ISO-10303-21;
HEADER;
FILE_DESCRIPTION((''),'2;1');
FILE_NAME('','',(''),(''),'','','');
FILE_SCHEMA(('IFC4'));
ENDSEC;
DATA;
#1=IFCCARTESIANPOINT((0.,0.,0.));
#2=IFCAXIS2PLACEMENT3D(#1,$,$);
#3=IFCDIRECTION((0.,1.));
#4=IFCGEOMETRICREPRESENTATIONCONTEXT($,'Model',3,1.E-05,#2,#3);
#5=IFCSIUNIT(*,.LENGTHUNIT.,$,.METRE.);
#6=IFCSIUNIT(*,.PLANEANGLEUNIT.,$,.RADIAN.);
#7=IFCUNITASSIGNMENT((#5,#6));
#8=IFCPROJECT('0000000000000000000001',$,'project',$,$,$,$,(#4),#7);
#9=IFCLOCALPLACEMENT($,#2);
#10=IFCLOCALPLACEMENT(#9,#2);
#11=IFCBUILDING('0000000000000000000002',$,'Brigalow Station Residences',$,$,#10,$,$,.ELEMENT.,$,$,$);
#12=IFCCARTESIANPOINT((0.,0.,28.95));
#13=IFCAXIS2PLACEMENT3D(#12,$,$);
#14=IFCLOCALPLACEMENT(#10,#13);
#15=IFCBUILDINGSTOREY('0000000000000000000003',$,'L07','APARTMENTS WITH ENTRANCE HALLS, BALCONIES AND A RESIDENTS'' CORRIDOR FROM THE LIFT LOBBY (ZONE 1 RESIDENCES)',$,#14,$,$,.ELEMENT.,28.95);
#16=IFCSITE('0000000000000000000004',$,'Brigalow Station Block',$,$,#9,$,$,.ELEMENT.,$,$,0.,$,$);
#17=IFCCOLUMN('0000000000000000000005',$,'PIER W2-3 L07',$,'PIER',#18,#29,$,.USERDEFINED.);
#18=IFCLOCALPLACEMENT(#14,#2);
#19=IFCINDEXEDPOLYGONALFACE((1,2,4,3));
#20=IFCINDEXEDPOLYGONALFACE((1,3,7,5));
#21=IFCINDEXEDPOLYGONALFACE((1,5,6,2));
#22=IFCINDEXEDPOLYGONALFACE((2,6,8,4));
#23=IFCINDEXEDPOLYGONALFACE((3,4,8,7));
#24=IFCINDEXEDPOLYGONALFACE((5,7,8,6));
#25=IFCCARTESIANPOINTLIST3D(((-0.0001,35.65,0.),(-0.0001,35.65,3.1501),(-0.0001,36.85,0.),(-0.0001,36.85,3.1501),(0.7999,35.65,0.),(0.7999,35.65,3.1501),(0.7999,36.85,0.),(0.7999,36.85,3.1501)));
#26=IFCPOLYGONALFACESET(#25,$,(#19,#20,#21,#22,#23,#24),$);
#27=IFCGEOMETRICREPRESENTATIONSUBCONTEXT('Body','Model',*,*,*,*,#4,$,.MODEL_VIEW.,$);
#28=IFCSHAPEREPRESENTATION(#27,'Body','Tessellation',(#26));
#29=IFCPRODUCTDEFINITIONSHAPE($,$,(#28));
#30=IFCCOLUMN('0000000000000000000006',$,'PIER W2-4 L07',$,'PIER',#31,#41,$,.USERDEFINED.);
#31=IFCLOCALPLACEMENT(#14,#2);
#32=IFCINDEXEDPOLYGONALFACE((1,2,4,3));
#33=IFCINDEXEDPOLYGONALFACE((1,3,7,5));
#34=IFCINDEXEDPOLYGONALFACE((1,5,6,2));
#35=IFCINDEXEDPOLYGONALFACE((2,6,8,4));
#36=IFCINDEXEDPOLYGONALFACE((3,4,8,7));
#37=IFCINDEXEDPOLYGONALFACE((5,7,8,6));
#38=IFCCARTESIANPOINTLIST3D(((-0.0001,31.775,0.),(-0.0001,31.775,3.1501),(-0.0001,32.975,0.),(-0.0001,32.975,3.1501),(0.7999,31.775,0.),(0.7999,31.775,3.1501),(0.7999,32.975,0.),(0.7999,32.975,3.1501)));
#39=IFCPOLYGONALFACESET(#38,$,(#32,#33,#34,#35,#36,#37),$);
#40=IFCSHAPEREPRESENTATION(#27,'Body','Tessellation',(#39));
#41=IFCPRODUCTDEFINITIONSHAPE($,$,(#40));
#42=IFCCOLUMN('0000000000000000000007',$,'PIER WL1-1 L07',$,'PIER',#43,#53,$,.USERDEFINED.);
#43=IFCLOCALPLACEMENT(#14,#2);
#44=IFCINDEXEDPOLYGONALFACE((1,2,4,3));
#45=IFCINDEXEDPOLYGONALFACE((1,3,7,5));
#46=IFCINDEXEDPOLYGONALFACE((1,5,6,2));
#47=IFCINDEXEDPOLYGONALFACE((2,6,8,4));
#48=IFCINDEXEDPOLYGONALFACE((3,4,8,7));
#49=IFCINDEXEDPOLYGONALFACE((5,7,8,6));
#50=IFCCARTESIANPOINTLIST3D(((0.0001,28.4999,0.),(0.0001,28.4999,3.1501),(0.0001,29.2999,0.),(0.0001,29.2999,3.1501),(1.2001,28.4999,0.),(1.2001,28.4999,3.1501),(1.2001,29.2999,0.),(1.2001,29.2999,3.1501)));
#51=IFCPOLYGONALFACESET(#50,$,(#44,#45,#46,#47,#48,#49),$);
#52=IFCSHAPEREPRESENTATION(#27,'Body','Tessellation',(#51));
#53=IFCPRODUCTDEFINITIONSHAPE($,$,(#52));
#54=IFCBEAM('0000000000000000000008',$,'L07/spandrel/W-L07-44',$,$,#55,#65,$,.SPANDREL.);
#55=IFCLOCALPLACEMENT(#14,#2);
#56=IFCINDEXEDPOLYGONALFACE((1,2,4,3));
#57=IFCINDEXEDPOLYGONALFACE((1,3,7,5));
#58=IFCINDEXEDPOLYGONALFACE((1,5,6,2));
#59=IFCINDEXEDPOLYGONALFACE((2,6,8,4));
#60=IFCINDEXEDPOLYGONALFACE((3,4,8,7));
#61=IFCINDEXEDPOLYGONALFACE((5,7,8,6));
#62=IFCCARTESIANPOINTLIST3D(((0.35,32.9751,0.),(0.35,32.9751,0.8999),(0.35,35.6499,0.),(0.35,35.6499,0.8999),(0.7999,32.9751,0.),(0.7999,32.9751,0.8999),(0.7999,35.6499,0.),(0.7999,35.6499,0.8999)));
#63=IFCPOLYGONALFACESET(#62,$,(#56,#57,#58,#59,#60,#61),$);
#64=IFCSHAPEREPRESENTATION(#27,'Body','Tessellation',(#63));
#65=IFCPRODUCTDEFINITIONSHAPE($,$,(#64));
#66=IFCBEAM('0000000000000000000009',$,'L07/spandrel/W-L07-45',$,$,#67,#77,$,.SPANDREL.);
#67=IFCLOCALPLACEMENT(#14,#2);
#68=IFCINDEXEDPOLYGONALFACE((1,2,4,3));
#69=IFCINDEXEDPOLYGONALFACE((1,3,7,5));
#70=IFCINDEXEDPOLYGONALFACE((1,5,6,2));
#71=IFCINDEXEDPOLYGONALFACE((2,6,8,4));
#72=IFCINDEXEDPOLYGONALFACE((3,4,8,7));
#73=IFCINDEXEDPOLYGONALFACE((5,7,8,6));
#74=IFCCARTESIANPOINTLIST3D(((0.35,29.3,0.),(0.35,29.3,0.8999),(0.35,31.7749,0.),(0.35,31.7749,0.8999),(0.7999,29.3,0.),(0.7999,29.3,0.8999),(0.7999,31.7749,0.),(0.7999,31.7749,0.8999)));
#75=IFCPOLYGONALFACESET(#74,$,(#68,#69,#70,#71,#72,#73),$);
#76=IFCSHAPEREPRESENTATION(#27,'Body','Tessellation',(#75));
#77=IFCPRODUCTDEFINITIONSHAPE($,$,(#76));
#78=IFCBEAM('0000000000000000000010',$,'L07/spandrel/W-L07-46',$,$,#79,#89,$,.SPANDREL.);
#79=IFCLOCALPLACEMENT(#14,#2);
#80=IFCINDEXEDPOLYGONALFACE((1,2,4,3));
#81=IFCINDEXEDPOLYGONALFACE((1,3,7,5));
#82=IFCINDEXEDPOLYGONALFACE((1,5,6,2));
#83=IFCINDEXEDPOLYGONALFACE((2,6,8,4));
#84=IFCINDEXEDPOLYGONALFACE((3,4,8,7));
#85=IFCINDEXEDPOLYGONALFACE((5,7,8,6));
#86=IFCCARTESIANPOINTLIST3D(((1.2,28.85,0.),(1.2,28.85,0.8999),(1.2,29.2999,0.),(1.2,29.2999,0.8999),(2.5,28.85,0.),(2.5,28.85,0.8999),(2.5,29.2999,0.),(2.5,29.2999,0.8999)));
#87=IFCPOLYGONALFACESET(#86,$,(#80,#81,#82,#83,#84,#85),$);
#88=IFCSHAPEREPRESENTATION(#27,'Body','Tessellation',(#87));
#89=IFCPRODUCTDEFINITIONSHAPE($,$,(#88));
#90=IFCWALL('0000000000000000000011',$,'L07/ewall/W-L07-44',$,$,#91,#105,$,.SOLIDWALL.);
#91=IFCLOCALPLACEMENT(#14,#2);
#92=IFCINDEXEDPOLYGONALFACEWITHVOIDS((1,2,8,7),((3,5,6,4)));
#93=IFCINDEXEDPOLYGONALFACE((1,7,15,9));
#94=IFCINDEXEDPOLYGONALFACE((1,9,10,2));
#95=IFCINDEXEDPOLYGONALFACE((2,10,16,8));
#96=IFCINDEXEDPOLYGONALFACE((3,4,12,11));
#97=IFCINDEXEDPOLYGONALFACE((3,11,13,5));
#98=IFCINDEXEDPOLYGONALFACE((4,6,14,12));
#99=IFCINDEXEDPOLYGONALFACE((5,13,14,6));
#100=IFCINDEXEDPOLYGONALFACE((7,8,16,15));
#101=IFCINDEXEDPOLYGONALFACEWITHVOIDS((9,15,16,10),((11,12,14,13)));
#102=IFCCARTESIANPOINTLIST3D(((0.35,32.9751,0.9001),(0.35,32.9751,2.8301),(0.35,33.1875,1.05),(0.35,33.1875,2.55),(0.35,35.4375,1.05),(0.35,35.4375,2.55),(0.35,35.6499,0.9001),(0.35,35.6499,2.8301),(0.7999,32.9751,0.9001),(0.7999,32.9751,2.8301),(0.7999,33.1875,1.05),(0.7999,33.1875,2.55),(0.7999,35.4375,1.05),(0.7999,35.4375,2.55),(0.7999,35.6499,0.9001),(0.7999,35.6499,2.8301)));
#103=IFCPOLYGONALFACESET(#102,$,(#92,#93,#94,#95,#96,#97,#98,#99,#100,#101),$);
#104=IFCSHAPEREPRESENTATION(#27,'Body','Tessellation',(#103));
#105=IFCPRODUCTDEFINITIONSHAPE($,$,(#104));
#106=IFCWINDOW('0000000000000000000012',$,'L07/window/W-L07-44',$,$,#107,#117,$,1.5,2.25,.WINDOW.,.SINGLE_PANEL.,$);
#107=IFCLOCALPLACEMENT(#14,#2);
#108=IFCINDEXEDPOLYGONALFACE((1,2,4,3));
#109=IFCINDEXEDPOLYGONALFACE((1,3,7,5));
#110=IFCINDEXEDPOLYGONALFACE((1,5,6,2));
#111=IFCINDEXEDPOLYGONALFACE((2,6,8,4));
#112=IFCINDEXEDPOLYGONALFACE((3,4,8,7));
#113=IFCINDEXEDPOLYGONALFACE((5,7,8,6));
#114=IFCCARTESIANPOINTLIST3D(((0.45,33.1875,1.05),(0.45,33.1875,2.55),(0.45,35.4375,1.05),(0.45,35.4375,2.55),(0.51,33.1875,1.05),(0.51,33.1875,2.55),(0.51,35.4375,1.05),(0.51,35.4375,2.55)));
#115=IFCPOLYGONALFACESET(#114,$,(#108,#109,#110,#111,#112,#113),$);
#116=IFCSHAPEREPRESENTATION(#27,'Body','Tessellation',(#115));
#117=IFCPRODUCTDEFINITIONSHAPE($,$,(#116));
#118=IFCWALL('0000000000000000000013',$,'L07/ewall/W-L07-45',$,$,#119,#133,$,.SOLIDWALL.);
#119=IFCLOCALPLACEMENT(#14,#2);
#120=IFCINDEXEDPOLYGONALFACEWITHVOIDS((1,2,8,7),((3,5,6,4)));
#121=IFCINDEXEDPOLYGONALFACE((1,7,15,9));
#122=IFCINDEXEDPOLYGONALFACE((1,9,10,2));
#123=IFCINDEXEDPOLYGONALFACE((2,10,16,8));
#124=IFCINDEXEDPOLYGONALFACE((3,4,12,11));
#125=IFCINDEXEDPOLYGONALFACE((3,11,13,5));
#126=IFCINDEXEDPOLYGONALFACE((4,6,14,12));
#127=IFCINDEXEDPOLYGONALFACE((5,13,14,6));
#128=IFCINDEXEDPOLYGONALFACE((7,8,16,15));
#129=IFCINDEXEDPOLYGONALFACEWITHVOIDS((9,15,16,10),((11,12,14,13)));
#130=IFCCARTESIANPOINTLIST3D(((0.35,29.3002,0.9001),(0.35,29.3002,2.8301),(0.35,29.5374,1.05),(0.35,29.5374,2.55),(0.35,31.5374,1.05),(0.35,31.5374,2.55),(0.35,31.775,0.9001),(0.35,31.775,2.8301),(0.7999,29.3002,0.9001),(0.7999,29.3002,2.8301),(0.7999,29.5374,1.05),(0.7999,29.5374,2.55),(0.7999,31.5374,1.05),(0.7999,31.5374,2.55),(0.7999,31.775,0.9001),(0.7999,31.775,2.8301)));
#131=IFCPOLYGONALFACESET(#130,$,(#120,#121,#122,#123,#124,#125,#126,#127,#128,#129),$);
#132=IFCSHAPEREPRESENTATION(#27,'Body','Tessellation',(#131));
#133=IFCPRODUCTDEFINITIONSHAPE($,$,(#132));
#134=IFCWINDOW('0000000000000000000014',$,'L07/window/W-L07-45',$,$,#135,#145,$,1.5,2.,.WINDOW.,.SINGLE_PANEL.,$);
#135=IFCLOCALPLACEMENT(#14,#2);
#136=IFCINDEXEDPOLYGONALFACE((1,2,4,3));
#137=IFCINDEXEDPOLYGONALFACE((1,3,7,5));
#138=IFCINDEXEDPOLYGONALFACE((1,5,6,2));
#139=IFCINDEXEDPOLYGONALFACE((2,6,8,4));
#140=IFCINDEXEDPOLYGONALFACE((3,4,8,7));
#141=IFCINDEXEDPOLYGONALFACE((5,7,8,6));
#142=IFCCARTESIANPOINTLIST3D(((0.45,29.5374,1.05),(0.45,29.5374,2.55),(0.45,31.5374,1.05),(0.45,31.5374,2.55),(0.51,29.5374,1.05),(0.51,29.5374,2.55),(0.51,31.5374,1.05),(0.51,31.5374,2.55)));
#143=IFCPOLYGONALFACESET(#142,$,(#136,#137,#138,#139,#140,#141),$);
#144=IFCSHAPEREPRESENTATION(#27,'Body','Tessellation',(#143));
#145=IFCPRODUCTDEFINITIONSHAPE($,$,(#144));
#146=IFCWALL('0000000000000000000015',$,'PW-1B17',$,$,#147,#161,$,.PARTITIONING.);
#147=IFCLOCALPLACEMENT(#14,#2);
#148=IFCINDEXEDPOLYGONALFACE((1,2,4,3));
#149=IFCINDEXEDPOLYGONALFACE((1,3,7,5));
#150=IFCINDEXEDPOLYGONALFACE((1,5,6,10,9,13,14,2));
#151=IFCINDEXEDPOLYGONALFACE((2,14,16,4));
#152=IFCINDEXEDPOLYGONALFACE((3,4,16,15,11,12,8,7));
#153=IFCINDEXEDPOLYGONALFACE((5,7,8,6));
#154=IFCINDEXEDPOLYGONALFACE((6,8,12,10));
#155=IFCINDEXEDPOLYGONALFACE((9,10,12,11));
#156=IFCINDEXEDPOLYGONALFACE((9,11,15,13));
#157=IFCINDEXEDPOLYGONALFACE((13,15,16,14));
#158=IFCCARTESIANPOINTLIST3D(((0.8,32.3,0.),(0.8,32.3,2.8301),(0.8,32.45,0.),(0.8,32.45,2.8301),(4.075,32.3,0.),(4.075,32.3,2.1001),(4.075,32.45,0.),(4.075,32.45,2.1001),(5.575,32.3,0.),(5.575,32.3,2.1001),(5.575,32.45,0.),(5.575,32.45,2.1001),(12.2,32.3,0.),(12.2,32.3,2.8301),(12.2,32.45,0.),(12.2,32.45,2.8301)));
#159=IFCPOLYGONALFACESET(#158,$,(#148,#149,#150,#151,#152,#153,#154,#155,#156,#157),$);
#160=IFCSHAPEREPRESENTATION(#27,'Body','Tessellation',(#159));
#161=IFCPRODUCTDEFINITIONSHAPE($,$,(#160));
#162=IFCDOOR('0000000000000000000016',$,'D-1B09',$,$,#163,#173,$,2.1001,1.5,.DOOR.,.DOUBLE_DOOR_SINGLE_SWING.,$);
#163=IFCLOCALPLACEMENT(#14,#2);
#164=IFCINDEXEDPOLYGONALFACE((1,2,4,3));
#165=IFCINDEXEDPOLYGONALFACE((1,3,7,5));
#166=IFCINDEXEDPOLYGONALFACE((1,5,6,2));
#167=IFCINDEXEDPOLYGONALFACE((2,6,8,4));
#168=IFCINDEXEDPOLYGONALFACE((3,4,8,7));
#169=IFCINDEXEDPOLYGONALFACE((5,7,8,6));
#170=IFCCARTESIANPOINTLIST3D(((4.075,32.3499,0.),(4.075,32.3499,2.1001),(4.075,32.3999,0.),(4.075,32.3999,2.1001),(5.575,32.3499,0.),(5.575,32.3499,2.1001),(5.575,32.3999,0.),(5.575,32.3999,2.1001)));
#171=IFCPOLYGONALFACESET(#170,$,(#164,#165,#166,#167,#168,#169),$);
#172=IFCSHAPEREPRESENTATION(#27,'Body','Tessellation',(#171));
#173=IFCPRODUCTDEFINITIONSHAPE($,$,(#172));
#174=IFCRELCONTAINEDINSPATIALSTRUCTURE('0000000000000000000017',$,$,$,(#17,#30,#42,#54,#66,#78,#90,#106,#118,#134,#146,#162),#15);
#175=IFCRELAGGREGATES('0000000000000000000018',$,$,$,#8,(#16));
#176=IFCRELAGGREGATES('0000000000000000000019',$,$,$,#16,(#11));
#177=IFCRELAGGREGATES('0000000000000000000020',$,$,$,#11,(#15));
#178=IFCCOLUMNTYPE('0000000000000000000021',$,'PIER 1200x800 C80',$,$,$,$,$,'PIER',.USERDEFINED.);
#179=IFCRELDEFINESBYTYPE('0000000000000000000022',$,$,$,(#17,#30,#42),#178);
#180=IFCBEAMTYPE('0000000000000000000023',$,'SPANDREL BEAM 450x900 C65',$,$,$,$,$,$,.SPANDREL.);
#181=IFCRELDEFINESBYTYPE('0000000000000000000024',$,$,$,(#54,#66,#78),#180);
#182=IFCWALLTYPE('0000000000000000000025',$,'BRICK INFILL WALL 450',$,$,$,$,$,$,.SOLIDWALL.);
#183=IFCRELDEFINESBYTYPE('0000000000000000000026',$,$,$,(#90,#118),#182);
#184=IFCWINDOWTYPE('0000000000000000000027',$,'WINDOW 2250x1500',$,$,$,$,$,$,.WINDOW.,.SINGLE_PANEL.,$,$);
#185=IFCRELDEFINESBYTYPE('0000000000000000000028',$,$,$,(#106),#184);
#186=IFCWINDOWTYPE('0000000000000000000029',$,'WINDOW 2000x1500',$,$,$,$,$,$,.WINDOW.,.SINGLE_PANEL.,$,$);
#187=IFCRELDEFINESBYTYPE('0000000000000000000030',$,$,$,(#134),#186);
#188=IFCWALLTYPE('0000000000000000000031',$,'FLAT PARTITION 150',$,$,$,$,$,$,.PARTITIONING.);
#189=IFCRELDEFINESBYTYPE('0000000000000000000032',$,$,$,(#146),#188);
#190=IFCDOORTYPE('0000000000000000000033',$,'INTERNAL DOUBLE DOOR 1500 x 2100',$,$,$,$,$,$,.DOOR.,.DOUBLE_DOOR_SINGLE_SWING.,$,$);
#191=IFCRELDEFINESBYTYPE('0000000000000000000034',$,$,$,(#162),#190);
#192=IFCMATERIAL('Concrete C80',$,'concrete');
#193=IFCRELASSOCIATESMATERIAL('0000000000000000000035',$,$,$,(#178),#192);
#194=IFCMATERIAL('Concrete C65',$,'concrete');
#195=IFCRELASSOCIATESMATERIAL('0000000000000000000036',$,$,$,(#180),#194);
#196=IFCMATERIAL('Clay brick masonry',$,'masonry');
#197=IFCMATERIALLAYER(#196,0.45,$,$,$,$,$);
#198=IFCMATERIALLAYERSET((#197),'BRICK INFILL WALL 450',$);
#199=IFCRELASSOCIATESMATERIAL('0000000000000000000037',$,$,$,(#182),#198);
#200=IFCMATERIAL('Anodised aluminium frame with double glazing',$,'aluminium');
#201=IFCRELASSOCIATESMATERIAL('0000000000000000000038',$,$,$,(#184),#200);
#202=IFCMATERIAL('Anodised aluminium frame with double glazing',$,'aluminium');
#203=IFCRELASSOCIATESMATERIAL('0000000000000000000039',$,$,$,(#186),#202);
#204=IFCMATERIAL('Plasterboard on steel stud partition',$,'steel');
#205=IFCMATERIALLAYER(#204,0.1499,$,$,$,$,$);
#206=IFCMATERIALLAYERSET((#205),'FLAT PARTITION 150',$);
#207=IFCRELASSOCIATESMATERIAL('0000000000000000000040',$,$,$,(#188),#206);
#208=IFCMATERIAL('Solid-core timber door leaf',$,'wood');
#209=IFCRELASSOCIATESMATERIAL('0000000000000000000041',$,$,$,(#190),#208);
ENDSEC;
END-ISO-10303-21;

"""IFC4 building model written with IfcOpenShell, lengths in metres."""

from ifc_helpers import new_model, si_unit, direction, frame, frame_2d, origin, origin_2d, place, context, subcontext, project, spatial, rectangle, extrude, material, layer, layer_set, material_profile, profile_set, type_object, element, fill, save


model = new_model("IFC4")

# Units and contexts
model_context = context("Model", 3, precision=1e-05, world=origin(), true_north=direction((0.0, 1.0)))
body_context = subcontext(model_context, "Body", "Model", "MODEL_VIEW")
ifc_project = project(units=[si_unit("LENGTHUNIT", "METRE"), si_unit("PLANEANGLEUNIT", "RADIAN")], contexts=[model_context])

# Site, building, storey
site_placement = place(None, origin())
site = spatial("IfcSite", under=ifc_project, at=site_placement, Name="Brigalow Station Block", CompositionType="ELEMENT", RefElevation=0.0)
building_placement = place(site_placement, origin())
building = spatial("IfcBuilding", under=site, at=building_placement, Name="Brigalow Station Residences", CompositionType="ELEMENT")
storey_placement = place(building_placement, frame((0.0, 0.0, 28.95)))
storey = spatial("IfcBuildingStorey", under=building, at=storey_placement, Name="L07", Description="APARTMENTS WITH ENTRANCE HALLS, BALCONIES AND A RESIDENTS' CORRIDOR FROM THE LIFT LOBBY (ZONE 1 RESIDENCES)", CompositionType="ELEMENT", Elevation=28.95)

# Columns
ifc_material_1 = material(Name="Concrete C80", Category="concrete")
ifc_material_profile_1 = material_profile(ifc_material_1, rectangle(XDim=1.2, YDim=0.8, at=origin_2d()), Name="RC1200x800")
ifc_profile_set_1 = profile_set([ifc_material_profile_1], Name="Concrete C80")
column_type = type_object("IfcColumnType", Name="PIER 1200x800 C80", ElementType="PIER", PredefinedType="USERDEFINED", material=ifc_profile_set_1)
for number, where, z_axis, x_axis, name in (
    (1, (0.3999, 36.25, 0.0), (0.0, 0.0, 1.0), (0.0, -1.0, 0.0), "PIER W2-3 L07"),
    (2, (0.3999, 32.375, 0.0), (0.0, 0.0, 1.0), (0.0, -1.0, 0.0), "PIER W2-4 L07"),
    (3, (0.6001, 28.8999, 0.0), (0.0, 0.0, 1.0), (1.0, 0.0, 0.0), "PIER WL1-1 L07"),
):
    element("IfcColumn", number, at=place(storey_placement, frame(where, z_axis=z_axis, x_axis=x_axis)), inside=storey, type_object=column_type, Name=name, ObjectType="PIER", PredefinedType="USERDEFINED", context=body_context, shape_type="SweptSolid", body=[
        extrude(rectangle(XDim=1.2, YDim=0.8, at=origin_2d()), origin(), (0.0, 0.0, 1.0), 3.1501),
    ])

# Beams
ifc_material_2 = material(Name="Concrete C65", Category="concrete")
ifc_material_profile_2 = material_profile(ifc_material_2, rectangle(XDim=0.45, YDim=0.8999, at=origin_2d()), Name="RC450x900")
ifc_profile_set_2 = profile_set([ifc_material_profile_2], Name="Concrete C65")
beam_type = type_object("IfcBeamType", Name="SPANDREL BEAM 450x900 C65", PredefinedType="SPANDREL", material=ifc_profile_set_2)
beam_1_placement = place(storey_placement, frame((0.575, 35.6499, 0.45), z_axis=(0.0, -1.0, 0.0), x_axis=(1.0, 0.0, 0.0)))
element("IfcBeam", 4, at=beam_1_placement, inside=storey, type_object=beam_type, Name="L07/spandrel/W-L07-44", PredefinedType="SPANDREL", context=body_context, shape_type="SweptSolid", body=[
    extrude(rectangle(XDim=0.45, YDim=0.8999, at=origin_2d()), origin(), (0.0, 0.0, 1.0), 2.6748),
])
beam_2_placement = place(storey_placement, frame((0.575, 31.7749, 0.45), z_axis=(0.0, -1.0, 0.0), x_axis=(1.0, 0.0, 0.0)))
element("IfcBeam", 5, at=beam_2_placement, inside=storey, type_object=beam_type, Name="L07/spandrel/W-L07-45", PredefinedType="SPANDREL", context=body_context, shape_type="SweptSolid", body=[
    extrude(rectangle(XDim=0.45, YDim=0.8999, at=origin_2d()), origin(), (0.0, 0.0, 1.0), 2.4749),
])
beam_3_placement = place(storey_placement, frame((1.2, 29.075, 0.45), z_axis=(1.0, 0.0, 0.0), x_axis=(0.0, 1.0, 0.0)))
element("IfcBeam", 6, at=beam_3_placement, inside=storey, type_object=beam_type, Name="L07/spandrel/W-L07-46", PredefinedType="SPANDREL", context=body_context, shape_type="SweptSolid", body=[
    extrude(rectangle(XDim=0.45, YDim=0.8999, at=origin_2d()), origin(), (0.0, 0.0, 1.0), 1.3),
])

# Walls, openings, windows
ifc_material_3 = material(Name="Clay brick masonry", Category="masonry")
ifc_layer_1 = layer(ifc_material_3, 0.45)
ifc_layer_set_1 = layer_set([ifc_layer_1], Name="BRICK INFILL WALL 450")
wall_type_1 = type_object("IfcWallType", Name="BRICK INFILL WALL 450", PredefinedType="SOLIDWALL", material=ifc_layer_set_1)
wall_1_placement = place(storey_placement, frame((0.575, 35.6499, 0.9001), z_axis=(0.0, 0.0, 1.0), x_axis=(0.0, -1.0, 0.0)))
wall_1 = element("IfcWall", 7, at=wall_1_placement, inside=storey, type_object=wall_type_1, Name="L07/ewall/W-L07-44", PredefinedType="SOLIDWALL", context=body_context, shape_type="SweptSolid", body=[
    extrude(rectangle(XDim=2.6748, YDim=0.45, at=frame_2d((1.3374, 0.0))), origin(), (0.0, 0.0, 1.0), 1.9299),
])
opening_1_placement = place(wall_1_placement, frame((0.2124, 0.0, 0.1499)))
opening_1 = element("IfcOpeningElement", 8, at=opening_1_placement, cuts=wall_1, PredefinedType="OPENING", context=body_context, shape_type="SweptSolid", body=[
    extrude(rectangle(XDim=2.25, YDim=1.5, at=frame_2d((1.125, 0.75))), frame((0.0, 0.2349, 0.0), z_axis=(0.0, -1.0, 0.0), x_axis=(1.0, 0.0, 0.0)), (0.0, 0.0, 1.0), 0.47),
])
ifc_material_4 = material(Name="Anodised aluminium frame with double glazing", Category="aluminium")
window_type_1 = type_object("IfcWindowType", Name="WINDOW 2250x1500", PartitioningType="SINGLE_PANEL", PredefinedType="WINDOW", material=ifc_material_4)
window_1_placement = place(opening_1_placement, origin())
window_1 = element("IfcWindow", 9, at=window_1_placement, inside=storey, type_object=window_type_1, Name="L07/window/W-L07-44", OverallHeight=1.5, OverallWidth=2.25, PartitioningType="SINGLE_PANEL", PredefinedType="WINDOW", context=body_context, shape_type="SweptSolid", body=[
    extrude(rectangle(XDim=2.25, YDim=1.5, at=frame_2d((1.125, 0.75))), frame((0.0, -0.0649, 0.0), z_axis=(0.0, -1.0, 0.0), x_axis=(1.0, 0.0, 0.0)), (0.0, 0.0, 1.0), 0.0601),
])
fill(opening_1, window_1)
wall_2_placement = place(storey_placement, frame((0.575, 31.7749, 0.9001), z_axis=(0.0, 0.0, 1.0), x_axis=(0.0, -1.0, 0.0)))
wall_2 = element("IfcWall", 10, at=wall_2_placement, inside=storey, type_object=wall_type_1, Name="L07/ewall/W-L07-45", PredefinedType="SOLIDWALL", context=body_context, shape_type="SweptSolid", body=[
    extrude(rectangle(XDim=2.4749, YDim=0.45, at=frame_2d((1.2373, 0.0))), origin(), (0.0, 0.0, 1.0), 1.9299),
])
opening_2_placement = place(wall_2_placement, frame((0.2375, 0.0, 0.1499)))
opening_2 = element("IfcOpeningElement", 11, at=opening_2_placement, cuts=wall_2, PredefinedType="OPENING", context=body_context, shape_type="SweptSolid", body=[
    extrude(rectangle(XDim=2.0, YDim=1.5, at=frame_2d((1.0, 0.75))), frame((0.0, 0.2349, 0.0), z_axis=(0.0, -1.0, 0.0), x_axis=(1.0, 0.0, 0.0)), (0.0, 0.0, 1.0), 0.47),
])
ifc_material_5 = material(Name="Anodised aluminium frame with double glazing", Category="aluminium")
window_type_2 = type_object("IfcWindowType", Name="WINDOW 2000x1500", PartitioningType="SINGLE_PANEL", PredefinedType="WINDOW", material=ifc_material_5)
window_2_placement = place(opening_2_placement, origin())
window_2 = element("IfcWindow", 12, at=window_2_placement, inside=storey, type_object=window_type_2, Name="L07/window/W-L07-45", OverallHeight=1.5, OverallWidth=2.0, PartitioningType="SINGLE_PANEL", PredefinedType="WINDOW", context=body_context, shape_type="SweptSolid", body=[
    extrude(rectangle(XDim=2.0, YDim=1.5, at=frame_2d((1.0, 0.75))), frame((0.0, -0.0649, 0.0), z_axis=(0.0, -1.0, 0.0), x_axis=(1.0, 0.0, 0.0)), (0.0, 0.0, 1.0), 0.0601),
])
fill(opening_2, window_2)

# Wall, opening, door
ifc_material_6 = material(Name="Plasterboard on steel stud partition", Category="steel")
ifc_layer_2 = layer(ifc_material_6, 0.1499)
ifc_layer_set_2 = layer_set([ifc_layer_2], Name="FLAT PARTITION 150")
wall_type_2 = type_object("IfcWallType", Name="FLAT PARTITION 150", PredefinedType="PARTITIONING", material=ifc_layer_set_2)
wall_3_placement = place(storey_placement, frame((0.8, 32.375, 0.0), z_axis=(0.0, 0.0, 1.0), x_axis=(1.0, 0.0, 0.0)))
wall_3 = element("IfcWall", 13, at=wall_3_placement, inside=storey, type_object=wall_type_2, Name="PW-1B17", PredefinedType="PARTITIONING", context=body_context, shape_type="SweptSolid", body=[
    extrude(rectangle(XDim=11.3999, YDim=0.1499, at=frame_2d((5.7, 0.0))), origin(), (0.0, 0.0, 1.0), 2.8301),
])
opening_3_placement = place(wall_3_placement, frame((3.2749, 0.0, 0.0)))
opening_3 = element("IfcOpeningElement", 14, at=opening_3_placement, cuts=wall_3, PredefinedType="OPENING", context=body_context, shape_type="SweptSolid", body=[
    extrude(rectangle(XDim=1.5, YDim=2.1001, at=frame_2d((0.75, 1.05))), frame((0.0, 0.085, 0.0), z_axis=(0.0, -1.0, 0.0), x_axis=(1.0, 0.0, 0.0)), (0.0, 0.0, 1.0), 0.1699),
])
ifc_material_7 = material(Name="Solid-core timber door leaf", Category="wood")
door_type = type_object("IfcDoorType", Name="INTERNAL DOUBLE DOOR 1500 x 2100", OperationType="DOUBLE_DOOR_SINGLE_SWING", PredefinedType="DOOR", material=ifc_material_7)
door_placement = place(opening_3_placement, origin())
door = element("IfcDoor", 15, at=door_placement, inside=storey, type_object=door_type, Name="D-1B09", OperationType="DOUBLE_DOOR_SINGLE_SWING", OverallHeight=2.1001, OverallWidth=1.5, PredefinedType="DOOR", context=body_context, shape_type="SweptSolid", body=[
    extrude(rectangle(XDim=1.5, YDim=2.1001, at=frame_2d((0.75, 1.05))), frame((0.0, 0.0249, 0.0), z_axis=(0.0, -1.0, 0.0), x_axis=(1.0, 0.0, 0.0)), (0.0, 0.0, 1.0), 0.05),
])
fill(opening_3, door)

save(model, "model.ifc")
